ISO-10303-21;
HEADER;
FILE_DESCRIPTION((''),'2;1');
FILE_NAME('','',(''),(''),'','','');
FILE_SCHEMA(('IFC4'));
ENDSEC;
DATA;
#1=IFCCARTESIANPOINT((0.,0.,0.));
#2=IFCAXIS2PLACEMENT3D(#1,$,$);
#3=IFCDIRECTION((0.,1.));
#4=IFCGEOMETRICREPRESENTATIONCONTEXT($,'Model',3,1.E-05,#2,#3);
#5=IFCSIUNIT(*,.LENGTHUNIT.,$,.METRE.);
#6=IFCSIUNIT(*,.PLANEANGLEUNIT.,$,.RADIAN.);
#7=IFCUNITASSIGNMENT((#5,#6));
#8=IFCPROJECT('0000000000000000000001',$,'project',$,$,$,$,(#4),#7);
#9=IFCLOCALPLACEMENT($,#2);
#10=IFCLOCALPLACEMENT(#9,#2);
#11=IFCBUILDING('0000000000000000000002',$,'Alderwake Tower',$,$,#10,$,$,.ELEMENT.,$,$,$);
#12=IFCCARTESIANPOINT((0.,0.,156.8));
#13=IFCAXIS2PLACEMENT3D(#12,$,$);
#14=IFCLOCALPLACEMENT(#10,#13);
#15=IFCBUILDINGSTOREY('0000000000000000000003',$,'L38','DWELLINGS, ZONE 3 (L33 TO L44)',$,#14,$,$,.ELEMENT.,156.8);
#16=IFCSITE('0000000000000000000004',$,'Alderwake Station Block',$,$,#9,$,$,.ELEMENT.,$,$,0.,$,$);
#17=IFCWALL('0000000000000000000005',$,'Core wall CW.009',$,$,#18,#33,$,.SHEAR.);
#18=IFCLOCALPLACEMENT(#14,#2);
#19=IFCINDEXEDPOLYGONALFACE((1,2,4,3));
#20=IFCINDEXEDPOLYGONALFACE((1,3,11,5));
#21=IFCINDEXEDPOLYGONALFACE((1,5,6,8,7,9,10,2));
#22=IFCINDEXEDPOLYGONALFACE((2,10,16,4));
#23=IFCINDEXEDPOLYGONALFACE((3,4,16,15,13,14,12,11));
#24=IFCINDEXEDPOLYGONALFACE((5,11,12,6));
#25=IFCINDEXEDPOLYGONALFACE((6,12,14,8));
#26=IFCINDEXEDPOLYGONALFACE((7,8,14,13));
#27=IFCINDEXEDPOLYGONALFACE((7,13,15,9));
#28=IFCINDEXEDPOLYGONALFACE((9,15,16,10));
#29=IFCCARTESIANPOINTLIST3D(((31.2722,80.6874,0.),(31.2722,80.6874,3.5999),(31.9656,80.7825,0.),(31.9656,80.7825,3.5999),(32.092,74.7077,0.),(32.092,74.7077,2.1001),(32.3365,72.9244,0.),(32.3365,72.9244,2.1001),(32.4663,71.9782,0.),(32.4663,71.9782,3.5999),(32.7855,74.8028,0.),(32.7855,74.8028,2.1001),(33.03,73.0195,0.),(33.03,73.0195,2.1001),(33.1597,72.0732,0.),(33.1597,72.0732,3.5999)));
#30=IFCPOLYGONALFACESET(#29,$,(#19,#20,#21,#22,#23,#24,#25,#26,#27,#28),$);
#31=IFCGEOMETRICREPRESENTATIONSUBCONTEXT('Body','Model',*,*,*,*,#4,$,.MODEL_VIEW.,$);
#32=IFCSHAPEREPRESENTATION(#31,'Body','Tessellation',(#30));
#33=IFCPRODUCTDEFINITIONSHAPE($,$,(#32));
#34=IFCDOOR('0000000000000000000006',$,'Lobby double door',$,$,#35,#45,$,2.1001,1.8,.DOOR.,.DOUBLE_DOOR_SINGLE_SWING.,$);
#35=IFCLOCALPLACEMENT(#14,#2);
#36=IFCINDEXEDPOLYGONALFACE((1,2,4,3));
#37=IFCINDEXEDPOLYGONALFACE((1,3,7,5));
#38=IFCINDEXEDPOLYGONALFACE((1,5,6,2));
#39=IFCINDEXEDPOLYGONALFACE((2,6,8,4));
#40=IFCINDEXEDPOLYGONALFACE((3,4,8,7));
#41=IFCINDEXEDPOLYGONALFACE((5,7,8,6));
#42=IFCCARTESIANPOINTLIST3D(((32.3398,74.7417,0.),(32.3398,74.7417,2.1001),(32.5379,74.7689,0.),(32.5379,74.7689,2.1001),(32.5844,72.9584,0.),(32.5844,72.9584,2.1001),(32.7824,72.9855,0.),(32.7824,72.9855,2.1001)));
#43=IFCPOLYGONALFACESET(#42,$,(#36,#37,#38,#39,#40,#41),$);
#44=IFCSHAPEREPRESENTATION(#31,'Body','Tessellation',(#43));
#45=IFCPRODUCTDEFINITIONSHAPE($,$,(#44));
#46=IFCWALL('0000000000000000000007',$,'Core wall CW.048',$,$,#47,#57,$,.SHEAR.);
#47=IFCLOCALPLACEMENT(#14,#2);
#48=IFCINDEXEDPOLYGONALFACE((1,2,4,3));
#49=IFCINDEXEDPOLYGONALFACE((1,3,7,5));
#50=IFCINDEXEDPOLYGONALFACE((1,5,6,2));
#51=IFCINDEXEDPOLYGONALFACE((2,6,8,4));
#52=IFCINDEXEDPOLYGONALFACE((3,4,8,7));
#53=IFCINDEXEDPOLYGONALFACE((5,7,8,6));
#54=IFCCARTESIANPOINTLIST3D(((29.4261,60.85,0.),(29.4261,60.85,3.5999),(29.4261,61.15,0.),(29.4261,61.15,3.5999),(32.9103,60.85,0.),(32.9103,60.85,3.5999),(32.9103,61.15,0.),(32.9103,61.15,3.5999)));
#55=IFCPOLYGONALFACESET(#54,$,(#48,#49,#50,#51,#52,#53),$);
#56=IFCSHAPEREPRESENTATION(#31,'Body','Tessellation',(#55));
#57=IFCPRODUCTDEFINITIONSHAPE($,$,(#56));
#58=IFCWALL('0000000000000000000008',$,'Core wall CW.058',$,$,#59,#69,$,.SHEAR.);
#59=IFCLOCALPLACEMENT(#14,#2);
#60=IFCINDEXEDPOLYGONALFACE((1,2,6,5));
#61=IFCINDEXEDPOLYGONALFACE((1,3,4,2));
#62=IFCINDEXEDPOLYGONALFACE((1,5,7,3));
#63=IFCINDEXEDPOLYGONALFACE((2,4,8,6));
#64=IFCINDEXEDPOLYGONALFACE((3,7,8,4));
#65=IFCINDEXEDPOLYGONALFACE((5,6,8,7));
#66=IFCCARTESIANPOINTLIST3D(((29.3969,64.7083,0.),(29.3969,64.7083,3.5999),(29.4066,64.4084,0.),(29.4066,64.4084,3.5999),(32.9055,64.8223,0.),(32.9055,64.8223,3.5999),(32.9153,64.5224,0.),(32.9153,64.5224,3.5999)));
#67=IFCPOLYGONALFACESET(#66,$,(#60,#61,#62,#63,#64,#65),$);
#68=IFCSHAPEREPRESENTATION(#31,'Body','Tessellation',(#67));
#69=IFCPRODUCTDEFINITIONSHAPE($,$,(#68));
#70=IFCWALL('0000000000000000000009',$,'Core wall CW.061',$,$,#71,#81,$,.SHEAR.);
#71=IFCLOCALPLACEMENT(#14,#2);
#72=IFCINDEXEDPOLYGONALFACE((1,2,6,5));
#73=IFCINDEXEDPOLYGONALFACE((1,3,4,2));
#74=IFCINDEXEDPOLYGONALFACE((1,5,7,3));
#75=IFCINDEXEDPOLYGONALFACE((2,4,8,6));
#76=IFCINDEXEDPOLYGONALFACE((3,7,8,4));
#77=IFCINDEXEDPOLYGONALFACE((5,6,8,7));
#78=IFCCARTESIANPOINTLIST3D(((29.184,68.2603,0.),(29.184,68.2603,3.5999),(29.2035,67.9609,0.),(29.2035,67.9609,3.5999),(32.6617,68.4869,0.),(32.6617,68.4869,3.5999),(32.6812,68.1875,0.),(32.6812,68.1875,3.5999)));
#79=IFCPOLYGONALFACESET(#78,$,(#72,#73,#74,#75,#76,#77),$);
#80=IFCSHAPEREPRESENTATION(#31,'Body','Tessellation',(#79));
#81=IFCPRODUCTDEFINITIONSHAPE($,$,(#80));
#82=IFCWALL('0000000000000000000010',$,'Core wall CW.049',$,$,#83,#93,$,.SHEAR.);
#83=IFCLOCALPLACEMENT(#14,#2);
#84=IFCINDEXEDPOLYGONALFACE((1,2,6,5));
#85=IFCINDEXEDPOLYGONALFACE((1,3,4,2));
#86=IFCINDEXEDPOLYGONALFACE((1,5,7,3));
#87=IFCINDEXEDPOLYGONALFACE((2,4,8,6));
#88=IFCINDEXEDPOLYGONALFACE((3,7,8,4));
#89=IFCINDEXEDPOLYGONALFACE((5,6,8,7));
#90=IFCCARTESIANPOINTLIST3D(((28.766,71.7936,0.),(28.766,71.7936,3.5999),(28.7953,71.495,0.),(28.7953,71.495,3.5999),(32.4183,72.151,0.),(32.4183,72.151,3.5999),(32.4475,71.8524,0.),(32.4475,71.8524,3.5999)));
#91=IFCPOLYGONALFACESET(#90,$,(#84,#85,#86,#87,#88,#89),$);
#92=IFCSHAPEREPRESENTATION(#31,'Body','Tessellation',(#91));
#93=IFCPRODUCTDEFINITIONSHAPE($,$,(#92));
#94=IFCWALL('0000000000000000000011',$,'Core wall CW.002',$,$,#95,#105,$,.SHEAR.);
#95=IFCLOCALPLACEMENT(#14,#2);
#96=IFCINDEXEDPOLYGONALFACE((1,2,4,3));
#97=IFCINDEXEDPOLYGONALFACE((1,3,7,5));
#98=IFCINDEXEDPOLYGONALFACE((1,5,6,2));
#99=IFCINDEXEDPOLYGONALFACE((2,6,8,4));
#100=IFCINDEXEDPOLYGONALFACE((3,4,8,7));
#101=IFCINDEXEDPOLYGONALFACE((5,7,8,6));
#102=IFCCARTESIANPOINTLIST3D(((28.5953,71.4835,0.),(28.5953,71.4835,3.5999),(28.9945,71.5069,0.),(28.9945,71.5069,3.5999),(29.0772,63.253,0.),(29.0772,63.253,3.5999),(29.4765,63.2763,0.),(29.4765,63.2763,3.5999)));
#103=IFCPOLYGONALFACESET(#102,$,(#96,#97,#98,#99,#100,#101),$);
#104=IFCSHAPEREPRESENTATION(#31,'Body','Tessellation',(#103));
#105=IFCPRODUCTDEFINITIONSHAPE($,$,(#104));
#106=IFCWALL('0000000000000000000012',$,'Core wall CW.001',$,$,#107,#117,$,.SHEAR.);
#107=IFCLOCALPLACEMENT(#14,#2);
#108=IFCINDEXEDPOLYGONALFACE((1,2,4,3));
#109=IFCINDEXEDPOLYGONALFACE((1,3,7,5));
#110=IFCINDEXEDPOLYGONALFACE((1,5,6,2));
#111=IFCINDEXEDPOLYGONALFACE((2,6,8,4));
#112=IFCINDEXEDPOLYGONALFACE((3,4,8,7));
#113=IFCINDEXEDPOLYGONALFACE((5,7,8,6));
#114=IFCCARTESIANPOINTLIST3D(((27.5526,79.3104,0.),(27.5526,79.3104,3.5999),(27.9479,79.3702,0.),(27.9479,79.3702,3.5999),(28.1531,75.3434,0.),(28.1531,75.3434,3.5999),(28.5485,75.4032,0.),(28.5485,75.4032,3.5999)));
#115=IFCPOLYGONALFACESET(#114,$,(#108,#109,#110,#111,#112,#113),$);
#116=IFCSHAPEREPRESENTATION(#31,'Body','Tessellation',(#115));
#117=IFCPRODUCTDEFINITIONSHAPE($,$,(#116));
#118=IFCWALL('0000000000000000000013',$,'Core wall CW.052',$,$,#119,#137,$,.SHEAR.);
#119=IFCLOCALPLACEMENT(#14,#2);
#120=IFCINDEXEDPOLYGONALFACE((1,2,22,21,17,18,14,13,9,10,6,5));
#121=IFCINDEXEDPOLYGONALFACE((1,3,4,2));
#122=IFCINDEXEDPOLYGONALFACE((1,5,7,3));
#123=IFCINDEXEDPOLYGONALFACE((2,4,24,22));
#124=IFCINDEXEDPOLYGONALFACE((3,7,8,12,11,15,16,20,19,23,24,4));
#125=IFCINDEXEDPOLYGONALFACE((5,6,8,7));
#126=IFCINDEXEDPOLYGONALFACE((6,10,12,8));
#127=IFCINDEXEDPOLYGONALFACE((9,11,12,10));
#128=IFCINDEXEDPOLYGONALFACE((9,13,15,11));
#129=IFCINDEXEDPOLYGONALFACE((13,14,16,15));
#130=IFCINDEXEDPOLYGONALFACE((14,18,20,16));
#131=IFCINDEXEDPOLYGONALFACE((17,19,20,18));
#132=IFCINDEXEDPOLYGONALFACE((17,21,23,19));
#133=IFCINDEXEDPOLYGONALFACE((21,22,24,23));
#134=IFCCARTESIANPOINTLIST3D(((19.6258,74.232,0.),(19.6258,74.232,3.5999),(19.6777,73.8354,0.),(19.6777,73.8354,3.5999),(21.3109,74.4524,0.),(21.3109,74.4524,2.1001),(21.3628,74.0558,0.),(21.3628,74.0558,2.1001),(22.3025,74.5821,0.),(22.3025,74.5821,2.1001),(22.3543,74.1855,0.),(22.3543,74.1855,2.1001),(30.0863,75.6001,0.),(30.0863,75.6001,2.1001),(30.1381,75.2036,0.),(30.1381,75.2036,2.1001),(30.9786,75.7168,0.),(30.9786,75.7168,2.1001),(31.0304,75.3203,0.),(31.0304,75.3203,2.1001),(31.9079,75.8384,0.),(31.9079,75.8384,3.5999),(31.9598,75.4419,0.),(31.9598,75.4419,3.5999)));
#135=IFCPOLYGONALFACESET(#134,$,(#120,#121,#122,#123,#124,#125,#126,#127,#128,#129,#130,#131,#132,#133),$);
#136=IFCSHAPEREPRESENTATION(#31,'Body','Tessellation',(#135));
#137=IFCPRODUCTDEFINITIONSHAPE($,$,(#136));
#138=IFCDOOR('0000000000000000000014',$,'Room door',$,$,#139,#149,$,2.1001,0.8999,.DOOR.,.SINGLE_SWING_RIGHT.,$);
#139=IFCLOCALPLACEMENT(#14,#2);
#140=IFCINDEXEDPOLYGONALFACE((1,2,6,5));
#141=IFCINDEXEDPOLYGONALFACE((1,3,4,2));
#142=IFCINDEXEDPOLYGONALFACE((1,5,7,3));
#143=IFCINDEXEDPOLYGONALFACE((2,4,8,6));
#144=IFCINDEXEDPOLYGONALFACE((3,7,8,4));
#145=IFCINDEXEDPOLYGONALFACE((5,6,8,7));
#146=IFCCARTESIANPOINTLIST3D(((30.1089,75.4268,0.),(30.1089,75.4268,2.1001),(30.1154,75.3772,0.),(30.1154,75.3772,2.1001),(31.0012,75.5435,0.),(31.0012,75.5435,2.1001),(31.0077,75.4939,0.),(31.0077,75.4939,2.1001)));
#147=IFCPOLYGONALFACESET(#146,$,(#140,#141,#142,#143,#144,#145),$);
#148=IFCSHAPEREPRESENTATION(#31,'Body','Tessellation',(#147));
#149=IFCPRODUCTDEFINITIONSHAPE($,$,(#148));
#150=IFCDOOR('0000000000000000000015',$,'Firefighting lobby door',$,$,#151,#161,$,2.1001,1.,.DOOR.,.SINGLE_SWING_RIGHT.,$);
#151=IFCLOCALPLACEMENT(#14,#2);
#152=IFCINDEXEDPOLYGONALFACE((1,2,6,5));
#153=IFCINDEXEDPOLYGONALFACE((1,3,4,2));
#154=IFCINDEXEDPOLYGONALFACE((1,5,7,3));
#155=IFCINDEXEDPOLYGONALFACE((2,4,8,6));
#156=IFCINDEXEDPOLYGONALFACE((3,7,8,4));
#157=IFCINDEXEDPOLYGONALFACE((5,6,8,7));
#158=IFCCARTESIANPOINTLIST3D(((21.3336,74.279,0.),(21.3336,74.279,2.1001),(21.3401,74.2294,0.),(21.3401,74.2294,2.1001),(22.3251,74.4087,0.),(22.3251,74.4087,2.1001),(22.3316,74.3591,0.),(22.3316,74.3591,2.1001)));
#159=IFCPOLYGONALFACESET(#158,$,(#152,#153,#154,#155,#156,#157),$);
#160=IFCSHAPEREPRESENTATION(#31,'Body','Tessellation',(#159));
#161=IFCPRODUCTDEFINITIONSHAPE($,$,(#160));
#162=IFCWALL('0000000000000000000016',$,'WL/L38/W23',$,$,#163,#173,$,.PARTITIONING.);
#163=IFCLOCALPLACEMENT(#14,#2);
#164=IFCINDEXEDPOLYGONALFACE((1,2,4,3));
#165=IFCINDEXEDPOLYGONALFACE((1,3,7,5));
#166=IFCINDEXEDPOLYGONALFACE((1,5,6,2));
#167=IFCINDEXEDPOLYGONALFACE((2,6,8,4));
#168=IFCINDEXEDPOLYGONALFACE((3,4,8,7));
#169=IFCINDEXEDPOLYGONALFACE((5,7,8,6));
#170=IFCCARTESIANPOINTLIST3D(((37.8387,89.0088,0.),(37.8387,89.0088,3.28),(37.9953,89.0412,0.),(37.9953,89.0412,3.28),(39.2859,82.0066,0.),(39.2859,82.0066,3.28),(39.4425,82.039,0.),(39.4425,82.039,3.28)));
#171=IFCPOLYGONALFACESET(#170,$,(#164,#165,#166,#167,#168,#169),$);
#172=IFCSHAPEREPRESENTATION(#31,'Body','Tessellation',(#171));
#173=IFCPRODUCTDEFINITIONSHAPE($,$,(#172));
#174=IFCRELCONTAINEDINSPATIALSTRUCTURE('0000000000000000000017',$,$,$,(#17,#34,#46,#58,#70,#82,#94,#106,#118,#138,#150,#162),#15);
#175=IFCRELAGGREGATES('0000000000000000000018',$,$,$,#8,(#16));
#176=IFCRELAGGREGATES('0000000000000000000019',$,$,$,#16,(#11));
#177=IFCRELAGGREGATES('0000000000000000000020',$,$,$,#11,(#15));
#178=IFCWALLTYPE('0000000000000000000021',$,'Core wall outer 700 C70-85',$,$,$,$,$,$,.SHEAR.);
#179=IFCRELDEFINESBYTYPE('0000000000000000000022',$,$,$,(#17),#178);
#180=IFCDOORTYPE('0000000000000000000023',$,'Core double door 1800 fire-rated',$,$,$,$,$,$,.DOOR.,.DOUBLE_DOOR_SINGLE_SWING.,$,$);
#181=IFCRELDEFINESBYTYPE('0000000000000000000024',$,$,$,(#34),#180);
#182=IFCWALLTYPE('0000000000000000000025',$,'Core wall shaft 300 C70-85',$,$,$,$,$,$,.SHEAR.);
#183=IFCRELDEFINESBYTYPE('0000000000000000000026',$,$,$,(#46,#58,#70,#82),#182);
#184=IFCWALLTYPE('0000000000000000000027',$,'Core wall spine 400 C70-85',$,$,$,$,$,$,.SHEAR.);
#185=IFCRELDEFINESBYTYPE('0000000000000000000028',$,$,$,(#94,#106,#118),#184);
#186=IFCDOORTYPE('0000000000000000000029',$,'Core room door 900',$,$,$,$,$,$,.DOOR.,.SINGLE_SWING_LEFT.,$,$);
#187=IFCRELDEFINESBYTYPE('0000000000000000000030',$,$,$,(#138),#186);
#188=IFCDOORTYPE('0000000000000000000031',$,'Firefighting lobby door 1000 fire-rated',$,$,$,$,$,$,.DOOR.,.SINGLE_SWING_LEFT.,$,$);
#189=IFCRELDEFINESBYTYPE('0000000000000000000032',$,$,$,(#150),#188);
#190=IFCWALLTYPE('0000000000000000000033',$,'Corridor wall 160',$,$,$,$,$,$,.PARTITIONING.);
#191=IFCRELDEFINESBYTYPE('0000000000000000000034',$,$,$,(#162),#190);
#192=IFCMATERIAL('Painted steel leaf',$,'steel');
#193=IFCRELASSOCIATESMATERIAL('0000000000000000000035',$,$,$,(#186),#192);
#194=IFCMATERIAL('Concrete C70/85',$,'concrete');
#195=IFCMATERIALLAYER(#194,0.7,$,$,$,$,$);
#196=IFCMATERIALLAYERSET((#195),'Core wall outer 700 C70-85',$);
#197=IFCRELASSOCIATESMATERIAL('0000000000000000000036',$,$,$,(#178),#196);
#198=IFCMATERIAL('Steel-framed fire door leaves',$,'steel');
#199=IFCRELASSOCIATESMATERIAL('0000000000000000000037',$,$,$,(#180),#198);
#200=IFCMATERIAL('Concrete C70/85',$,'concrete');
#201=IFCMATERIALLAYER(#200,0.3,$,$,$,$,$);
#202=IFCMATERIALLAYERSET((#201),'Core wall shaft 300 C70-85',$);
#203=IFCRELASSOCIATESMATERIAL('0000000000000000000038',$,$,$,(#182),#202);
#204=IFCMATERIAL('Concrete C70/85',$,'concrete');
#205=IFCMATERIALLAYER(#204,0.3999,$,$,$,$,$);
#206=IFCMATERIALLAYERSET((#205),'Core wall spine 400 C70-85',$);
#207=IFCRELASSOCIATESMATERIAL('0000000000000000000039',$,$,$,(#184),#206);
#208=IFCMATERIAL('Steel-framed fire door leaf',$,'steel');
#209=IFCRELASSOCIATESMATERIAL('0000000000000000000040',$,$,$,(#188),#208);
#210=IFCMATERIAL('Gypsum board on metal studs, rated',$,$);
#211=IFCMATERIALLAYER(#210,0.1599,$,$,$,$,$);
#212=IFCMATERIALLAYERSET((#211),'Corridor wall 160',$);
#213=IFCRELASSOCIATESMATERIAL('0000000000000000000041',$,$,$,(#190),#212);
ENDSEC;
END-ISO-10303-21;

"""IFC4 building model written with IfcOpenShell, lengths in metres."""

from ifc_helpers import new_model, si_unit, direction, frame, frame_2d, origin, place, context, subcontext, project, spatial, rectangle, extrude, material, layer, layer_set, type_object, element, fill, save


model = new_model("IFC4")

# Units and contexts
model_context = context("Model", 3, precision=1e-05, world=origin(), true_north=direction((0.0, 1.0)))
body_context = subcontext(model_context, "Body", "Model", "MODEL_VIEW")
ifc_project = project(units=[si_unit("LENGTHUNIT", "METRE"), si_unit("PLANEANGLEUNIT", "RADIAN")], contexts=[model_context])

# Site, building, storey
site_placement = place(None, origin())
site = spatial("IfcSite", under=ifc_project, at=site_placement, Name="Alderwake Station Block", CompositionType="ELEMENT", RefElevation=0.0)
building_placement = place(site_placement, origin())
building = spatial("IfcBuilding", under=site, at=building_placement, Name="Alderwake Tower", CompositionType="ELEMENT")
storey_placement = place(building_placement, frame((0.0, 0.0, 156.8)))
storey = spatial("IfcBuildingStorey", under=building, at=storey_placement, Name="L38", Description="DWELLINGS, ZONE 3 (L33 TO L44)", CompositionType="ELEMENT", Elevation=156.8)

# Shared definitions
ifc_material_1 = material(Name="Painted steel leaf", Category="steel")
door_type_1 = type_object("IfcDoorType", Name="Core room door 900", OperationType="SINGLE_SWING_LEFT", PredefinedType="DOOR", material=ifc_material_1)

# Shared definitions
ifc_material_2 = material(Name="Concrete C70/85", Category="concrete")
ifc_layer_1 = layer(ifc_material_2, 0.7)
ifc_layer_set_1 = layer_set([ifc_layer_1], Name="Core wall outer 700 C70-85")
wall_type_1 = type_object("IfcWallType", Name="Core wall outer 700 C70-85", PredefinedType="SHEAR", material=ifc_layer_set_1)

# Wall, opening, door
wall_1_placement = place(storey_placement, frame((31.6189, 80.7351, 0.0), z_axis=(0.0, 0.0, 1.0), x_axis=(0.135836, -0.990731, 0.0)))
wall_1 = element("IfcWall", 1, at=wall_1_placement, inside=storey, type_object=wall_type_1, Name="Core wall CW.009", PredefinedType="SHEAR", context=body_context, shape_type="SweptSolid", body=[
    extrude(rectangle(XDim=8.7908, YDim=0.7, at=frame_2d((4.3955, 0.0))), origin(), (0.0, 0.0, 1.0), 3.5999),
])
opening_1_placement = place(wall_1_placement, frame((6.0359, 0.0, 0.0)))
opening_1 = element("IfcOpeningElement", 2, at=opening_1_placement, cuts=wall_1, PredefinedType="OPENING", context=body_context, shape_type="SweptSolid", body=[
    extrude(rectangle(XDim=1.8, YDim=2.1001, at=frame_2d((0.8999, 1.05))), frame((0.0, 0.3599, 0.0), z_axis=(0.0, -1.0, 0.0), x_axis=(1.0, 0.0, 0.0)), (0.0, 0.0, 1.0), 0.72),
])
ifc_material_3 = material(Name="Steel-framed fire door leaves", Category="steel")
door_type_2 = type_object("IfcDoorType", Name="Core double door 1800 fire-rated", OperationType="DOUBLE_DOOR_SINGLE_SWING", PredefinedType="DOOR", material=ifc_material_3)
door_1_placement = place(opening_1_placement, origin())
door_1 = element("IfcDoor", 3, at=door_1_placement, inside=storey, type_object=door_type_2, Name="Lobby double door", OperationType="DOUBLE_DOOR_SINGLE_SWING", OverallHeight=2.1001, OverallWidth=1.8, PredefinedType="DOOR", context=body_context, shape_type="SweptSolid", body=[
    extrude(rectangle(XDim=1.8, YDim=2.1001, at=frame_2d((0.8999, 1.05))), frame((0.0, 0.1001, 0.0), z_axis=(0.0, -1.0, 0.0), x_axis=(1.0, 0.0, 0.0)), (0.0, 0.0, 1.0), 0.2),
])
fill(opening_1, door_1)

# Walls
ifc_material_4 = material(Name="Concrete C70/85", Category="concrete")
ifc_layer_2 = layer(ifc_material_4, 0.3)
ifc_layer_set_2 = layer_set([ifc_layer_2], Name="Core wall shaft 300 C70-85")
wall_type_2 = type_object("IfcWallType", Name="Core wall shaft 300 C70-85", PredefinedType="SHEAR", material=ifc_layer_set_2)
wall_2_placement = place(storey_placement, frame((29.426, 61.0, 0.0), z_axis=(0.0, 0.0, 1.0), x_axis=(1.0, 0.0, 0.0)))
element("IfcWall", 4, at=wall_2_placement, inside=storey, type_object=wall_type_2, Name="Core wall CW.048", PredefinedType="SHEAR", context=body_context, shape_type="SweptSolid", body=[
    extrude(rectangle(XDim=3.4841, YDim=0.3, at=frame_2d((1.7422, 0.0))), origin(), (0.0, 0.0, 1.0), 3.5999),
])
wall_3_placement = place(storey_placement, frame((29.4016, 64.5583, 0.0), z_axis=(0.0, 0.0, 1.0), x_axis=(0.999472, 0.032479, 0.0)))
element("IfcWall", 5, at=wall_3_placement, inside=storey, type_object=wall_type_2, Name="Core wall CW.058", PredefinedType="SHEAR", context=body_context, shape_type="SweptSolid", body=[
    extrude(rectangle(XDim=3.5105, YDim=0.3, at=frame_2d((1.7554, 0.0))), origin(), (0.0, 0.0, 1.0), 3.5999),
])
wall_4_placement = place(storey_placement, frame((29.1936, 68.1106, 0.0), z_axis=(0.0, 0.0, 1.0), x_axis=(0.997885, 0.065008, 0.0)))
element("IfcWall", 6, at=wall_4_placement, inside=storey, type_object=wall_type_2, Name="Core wall CW.061", PredefinedType="SHEAR", context=body_context, shape_type="SweptSolid", body=[
    extrude(rectangle(XDim=3.4851, YDim=0.3, at=frame_2d((1.7427, 0.0))), origin(), (0.0, 0.0, 1.0), 3.5999),
])
wall_5_placement = place(storey_placement, frame((28.7805, 71.6443, 0.0), z_axis=(0.0, 0.0, 1.0), x_axis=(0.995246, 0.097396, 0.0)))
element("IfcWall", 7, at=wall_5_placement, inside=storey, type_object=wall_type_2, Name="Core wall CW.049", PredefinedType="SHEAR", context=body_context, shape_type="SweptSolid", body=[
    extrude(rectangle(XDim=3.6697, YDim=0.3, at=frame_2d((1.835, 0.0))), origin(), (0.0, 0.0, 1.0), 3.5999),
])
ifc_material_5 = material(Name="Concrete C70/85", Category="concrete")
ifc_layer_3 = layer(ifc_material_5, 0.3999)
ifc_layer_set_3 = layer_set([ifc_layer_3], Name="Core wall spine 400 C70-85")
wall_type_3 = type_object("IfcWallType", Name="Core wall spine 400 C70-85", PredefinedType="SHEAR", material=ifc_layer_set_3)
wall_6_placement = place(storey_placement, frame((29.2769, 63.2646, 0.0), z_axis=(0.0, 0.0, 1.0), x_axis=(-0.058455, 0.99829, 0.0)))
element("IfcWall", 8, at=wall_6_placement, inside=storey, type_object=wall_type_3, Name="Core wall CW.002", PredefinedType="SHEAR", context=body_context, shape_type="SweptSolid", body=[
    extrude(rectangle(XDim=8.2446, YDim=0.3999, at=frame_2d((4.1223, 0.0))), origin(), (0.0, 0.0, 1.0), 3.5999),
])
wall_7_placement = place(storey_placement, frame((28.3508, 75.3733, 0.0), z_axis=(0.0, 0.0, 1.0), x_axis=(-0.149688, 0.988733, 0.0)))
element("IfcWall", 9, at=wall_7_placement, inside=storey, type_object=wall_type_3, Name="Core wall CW.001", PredefinedType="SHEAR", context=body_context, shape_type="SweptSolid", body=[
    extrude(rectangle(XDim=4.0122, YDim=0.3999, at=frame_2d((2.0061, 0.0))), origin(), (0.0, 0.0, 1.0), 3.5999),
])

# Wall, openings, doors
wall_8_placement = place(storey_placement, frame((31.9338, 75.6401, 0.0), z_axis=(0.0, 0.0, 1.0), x_axis=(-0.991555, -0.12969, 0.0)))
wall_8 = element("IfcWall", 10, at=wall_8_placement, inside=storey, type_object=wall_type_3, Name="Core wall CW.052", PredefinedType="SHEAR", context=body_context, shape_type="SweptSolid", body=[
    extrude(rectangle(XDim=12.3867, YDim=0.3999, at=frame_2d((6.1934, 0.0))), origin(), (0.0, 0.0, 1.0), 3.5999),
])
opening_2_placement = place(wall_8_placement, frame((9.6873, 0.0, 0.0)))
opening_2 = element("IfcOpeningElement", 11, at=opening_2_placement, cuts=wall_8, PredefinedType="OPENING", context=body_context, shape_type="SweptSolid", body=[
    extrude(rectangle(XDim=1.0, YDim=2.1001, at=frame_2d((0.5, 1.05))), frame((0.0, 0.21, 0.0), z_axis=(0.0, -1.0, 0.0), x_axis=(1.0, 0.0, 0.0)), (0.0, 0.0, 1.0), 0.4199),
])
opening_3_placement = place(wall_8_placement, frame((0.9373, 0.0, 0.0)))
opening_3 = element("IfcOpeningElement", 12, at=opening_3_placement, cuts=wall_8, PredefinedType="OPENING", context=body_context, shape_type="SweptSolid", body=[
    extrude(rectangle(XDim=0.8999, YDim=2.1001, at=frame_2d((0.45, 1.05))), frame((0.0, 0.21, 0.0), z_axis=(0.0, -1.0, 0.0), x_axis=(1.0, 0.0, 0.0)), (0.0, 0.0, 1.0), 0.4199),
])
door_2_placement = place(opening_3_placement, origin())
door_2 = element("IfcDoor", 13, at=door_2_placement, inside=storey, type_object=door_type_1, Name="Room door", OperationType="SINGLE_SWING_RIGHT", OverallHeight=2.1001, OverallWidth=0.8999, PredefinedType="DOOR", context=body_context, shape_type="SweptSolid", body=[
    extrude(rectangle(XDim=0.8999, YDim=2.1001, at=frame_2d((0.45, 1.05))), frame((0.0, 0.0249, 0.0), z_axis=(0.0, -1.0, 0.0), x_axis=(1.0, 0.0, 0.0)), (0.0, 0.0, 1.0), 0.05),
])
fill(opening_3, door_2)
ifc_material_6 = material(Name="Steel-framed fire door leaf", Category="steel")
door_type_3 = type_object("IfcDoorType", Name="Firefighting lobby door 1000 fire-rated", OperationType="SINGLE_SWING_LEFT", PredefinedType="DOOR", material=ifc_material_6)
door_3_placement = place(opening_2_placement, origin())
door_3 = element("IfcDoor", 14, at=door_3_placement, inside=storey, type_object=door_type_3, Name="Firefighting lobby door", OperationType="SINGLE_SWING_RIGHT", OverallHeight=2.1001, OverallWidth=1.0, PredefinedType="DOOR", context=body_context, shape_type="SweptSolid", body=[
    extrude(rectangle(XDim=1.0, YDim=2.1001, at=frame_2d((0.5, 1.05))), frame((0.0, 0.0249, 0.0), z_axis=(0.0, -1.0, 0.0), x_axis=(1.0, 0.0, 0.0)), (0.0, 0.0, 1.0), 0.05),
])
fill(opening_2, door_3)

# Wall
ifc_material_7 = material(Name="Gypsum board on metal studs, rated")
ifc_layer_4 = layer(ifc_material_7, 0.1599)
ifc_layer_set_4 = layer_set([ifc_layer_4], Name="Corridor wall 160")
wall_type_4 = type_object("IfcWallType", Name="Corridor wall 160", PredefinedType="PARTITIONING", material=ifc_layer_set_4)
wall_9_placement = place(storey_placement, frame((39.3643, 82.0227, 0.0), z_axis=(0.0, 0.0, 1.0), x_axis=(-0.202409, 0.979301, 0.0)))
element("IfcWall", 15, at=wall_9_placement, inside=storey, type_object=wall_type_4, Name="WL/L38/W23", PredefinedType="PARTITIONING", context=body_context, shape_type="SweptSolid", body=[
    extrude(rectangle(XDim=7.1501, YDim=0.1599, at=frame_2d((3.5752, 0.0))), origin(), (0.0, 0.0, 1.0), 3.28),
])

save(model, "model.ifc")
